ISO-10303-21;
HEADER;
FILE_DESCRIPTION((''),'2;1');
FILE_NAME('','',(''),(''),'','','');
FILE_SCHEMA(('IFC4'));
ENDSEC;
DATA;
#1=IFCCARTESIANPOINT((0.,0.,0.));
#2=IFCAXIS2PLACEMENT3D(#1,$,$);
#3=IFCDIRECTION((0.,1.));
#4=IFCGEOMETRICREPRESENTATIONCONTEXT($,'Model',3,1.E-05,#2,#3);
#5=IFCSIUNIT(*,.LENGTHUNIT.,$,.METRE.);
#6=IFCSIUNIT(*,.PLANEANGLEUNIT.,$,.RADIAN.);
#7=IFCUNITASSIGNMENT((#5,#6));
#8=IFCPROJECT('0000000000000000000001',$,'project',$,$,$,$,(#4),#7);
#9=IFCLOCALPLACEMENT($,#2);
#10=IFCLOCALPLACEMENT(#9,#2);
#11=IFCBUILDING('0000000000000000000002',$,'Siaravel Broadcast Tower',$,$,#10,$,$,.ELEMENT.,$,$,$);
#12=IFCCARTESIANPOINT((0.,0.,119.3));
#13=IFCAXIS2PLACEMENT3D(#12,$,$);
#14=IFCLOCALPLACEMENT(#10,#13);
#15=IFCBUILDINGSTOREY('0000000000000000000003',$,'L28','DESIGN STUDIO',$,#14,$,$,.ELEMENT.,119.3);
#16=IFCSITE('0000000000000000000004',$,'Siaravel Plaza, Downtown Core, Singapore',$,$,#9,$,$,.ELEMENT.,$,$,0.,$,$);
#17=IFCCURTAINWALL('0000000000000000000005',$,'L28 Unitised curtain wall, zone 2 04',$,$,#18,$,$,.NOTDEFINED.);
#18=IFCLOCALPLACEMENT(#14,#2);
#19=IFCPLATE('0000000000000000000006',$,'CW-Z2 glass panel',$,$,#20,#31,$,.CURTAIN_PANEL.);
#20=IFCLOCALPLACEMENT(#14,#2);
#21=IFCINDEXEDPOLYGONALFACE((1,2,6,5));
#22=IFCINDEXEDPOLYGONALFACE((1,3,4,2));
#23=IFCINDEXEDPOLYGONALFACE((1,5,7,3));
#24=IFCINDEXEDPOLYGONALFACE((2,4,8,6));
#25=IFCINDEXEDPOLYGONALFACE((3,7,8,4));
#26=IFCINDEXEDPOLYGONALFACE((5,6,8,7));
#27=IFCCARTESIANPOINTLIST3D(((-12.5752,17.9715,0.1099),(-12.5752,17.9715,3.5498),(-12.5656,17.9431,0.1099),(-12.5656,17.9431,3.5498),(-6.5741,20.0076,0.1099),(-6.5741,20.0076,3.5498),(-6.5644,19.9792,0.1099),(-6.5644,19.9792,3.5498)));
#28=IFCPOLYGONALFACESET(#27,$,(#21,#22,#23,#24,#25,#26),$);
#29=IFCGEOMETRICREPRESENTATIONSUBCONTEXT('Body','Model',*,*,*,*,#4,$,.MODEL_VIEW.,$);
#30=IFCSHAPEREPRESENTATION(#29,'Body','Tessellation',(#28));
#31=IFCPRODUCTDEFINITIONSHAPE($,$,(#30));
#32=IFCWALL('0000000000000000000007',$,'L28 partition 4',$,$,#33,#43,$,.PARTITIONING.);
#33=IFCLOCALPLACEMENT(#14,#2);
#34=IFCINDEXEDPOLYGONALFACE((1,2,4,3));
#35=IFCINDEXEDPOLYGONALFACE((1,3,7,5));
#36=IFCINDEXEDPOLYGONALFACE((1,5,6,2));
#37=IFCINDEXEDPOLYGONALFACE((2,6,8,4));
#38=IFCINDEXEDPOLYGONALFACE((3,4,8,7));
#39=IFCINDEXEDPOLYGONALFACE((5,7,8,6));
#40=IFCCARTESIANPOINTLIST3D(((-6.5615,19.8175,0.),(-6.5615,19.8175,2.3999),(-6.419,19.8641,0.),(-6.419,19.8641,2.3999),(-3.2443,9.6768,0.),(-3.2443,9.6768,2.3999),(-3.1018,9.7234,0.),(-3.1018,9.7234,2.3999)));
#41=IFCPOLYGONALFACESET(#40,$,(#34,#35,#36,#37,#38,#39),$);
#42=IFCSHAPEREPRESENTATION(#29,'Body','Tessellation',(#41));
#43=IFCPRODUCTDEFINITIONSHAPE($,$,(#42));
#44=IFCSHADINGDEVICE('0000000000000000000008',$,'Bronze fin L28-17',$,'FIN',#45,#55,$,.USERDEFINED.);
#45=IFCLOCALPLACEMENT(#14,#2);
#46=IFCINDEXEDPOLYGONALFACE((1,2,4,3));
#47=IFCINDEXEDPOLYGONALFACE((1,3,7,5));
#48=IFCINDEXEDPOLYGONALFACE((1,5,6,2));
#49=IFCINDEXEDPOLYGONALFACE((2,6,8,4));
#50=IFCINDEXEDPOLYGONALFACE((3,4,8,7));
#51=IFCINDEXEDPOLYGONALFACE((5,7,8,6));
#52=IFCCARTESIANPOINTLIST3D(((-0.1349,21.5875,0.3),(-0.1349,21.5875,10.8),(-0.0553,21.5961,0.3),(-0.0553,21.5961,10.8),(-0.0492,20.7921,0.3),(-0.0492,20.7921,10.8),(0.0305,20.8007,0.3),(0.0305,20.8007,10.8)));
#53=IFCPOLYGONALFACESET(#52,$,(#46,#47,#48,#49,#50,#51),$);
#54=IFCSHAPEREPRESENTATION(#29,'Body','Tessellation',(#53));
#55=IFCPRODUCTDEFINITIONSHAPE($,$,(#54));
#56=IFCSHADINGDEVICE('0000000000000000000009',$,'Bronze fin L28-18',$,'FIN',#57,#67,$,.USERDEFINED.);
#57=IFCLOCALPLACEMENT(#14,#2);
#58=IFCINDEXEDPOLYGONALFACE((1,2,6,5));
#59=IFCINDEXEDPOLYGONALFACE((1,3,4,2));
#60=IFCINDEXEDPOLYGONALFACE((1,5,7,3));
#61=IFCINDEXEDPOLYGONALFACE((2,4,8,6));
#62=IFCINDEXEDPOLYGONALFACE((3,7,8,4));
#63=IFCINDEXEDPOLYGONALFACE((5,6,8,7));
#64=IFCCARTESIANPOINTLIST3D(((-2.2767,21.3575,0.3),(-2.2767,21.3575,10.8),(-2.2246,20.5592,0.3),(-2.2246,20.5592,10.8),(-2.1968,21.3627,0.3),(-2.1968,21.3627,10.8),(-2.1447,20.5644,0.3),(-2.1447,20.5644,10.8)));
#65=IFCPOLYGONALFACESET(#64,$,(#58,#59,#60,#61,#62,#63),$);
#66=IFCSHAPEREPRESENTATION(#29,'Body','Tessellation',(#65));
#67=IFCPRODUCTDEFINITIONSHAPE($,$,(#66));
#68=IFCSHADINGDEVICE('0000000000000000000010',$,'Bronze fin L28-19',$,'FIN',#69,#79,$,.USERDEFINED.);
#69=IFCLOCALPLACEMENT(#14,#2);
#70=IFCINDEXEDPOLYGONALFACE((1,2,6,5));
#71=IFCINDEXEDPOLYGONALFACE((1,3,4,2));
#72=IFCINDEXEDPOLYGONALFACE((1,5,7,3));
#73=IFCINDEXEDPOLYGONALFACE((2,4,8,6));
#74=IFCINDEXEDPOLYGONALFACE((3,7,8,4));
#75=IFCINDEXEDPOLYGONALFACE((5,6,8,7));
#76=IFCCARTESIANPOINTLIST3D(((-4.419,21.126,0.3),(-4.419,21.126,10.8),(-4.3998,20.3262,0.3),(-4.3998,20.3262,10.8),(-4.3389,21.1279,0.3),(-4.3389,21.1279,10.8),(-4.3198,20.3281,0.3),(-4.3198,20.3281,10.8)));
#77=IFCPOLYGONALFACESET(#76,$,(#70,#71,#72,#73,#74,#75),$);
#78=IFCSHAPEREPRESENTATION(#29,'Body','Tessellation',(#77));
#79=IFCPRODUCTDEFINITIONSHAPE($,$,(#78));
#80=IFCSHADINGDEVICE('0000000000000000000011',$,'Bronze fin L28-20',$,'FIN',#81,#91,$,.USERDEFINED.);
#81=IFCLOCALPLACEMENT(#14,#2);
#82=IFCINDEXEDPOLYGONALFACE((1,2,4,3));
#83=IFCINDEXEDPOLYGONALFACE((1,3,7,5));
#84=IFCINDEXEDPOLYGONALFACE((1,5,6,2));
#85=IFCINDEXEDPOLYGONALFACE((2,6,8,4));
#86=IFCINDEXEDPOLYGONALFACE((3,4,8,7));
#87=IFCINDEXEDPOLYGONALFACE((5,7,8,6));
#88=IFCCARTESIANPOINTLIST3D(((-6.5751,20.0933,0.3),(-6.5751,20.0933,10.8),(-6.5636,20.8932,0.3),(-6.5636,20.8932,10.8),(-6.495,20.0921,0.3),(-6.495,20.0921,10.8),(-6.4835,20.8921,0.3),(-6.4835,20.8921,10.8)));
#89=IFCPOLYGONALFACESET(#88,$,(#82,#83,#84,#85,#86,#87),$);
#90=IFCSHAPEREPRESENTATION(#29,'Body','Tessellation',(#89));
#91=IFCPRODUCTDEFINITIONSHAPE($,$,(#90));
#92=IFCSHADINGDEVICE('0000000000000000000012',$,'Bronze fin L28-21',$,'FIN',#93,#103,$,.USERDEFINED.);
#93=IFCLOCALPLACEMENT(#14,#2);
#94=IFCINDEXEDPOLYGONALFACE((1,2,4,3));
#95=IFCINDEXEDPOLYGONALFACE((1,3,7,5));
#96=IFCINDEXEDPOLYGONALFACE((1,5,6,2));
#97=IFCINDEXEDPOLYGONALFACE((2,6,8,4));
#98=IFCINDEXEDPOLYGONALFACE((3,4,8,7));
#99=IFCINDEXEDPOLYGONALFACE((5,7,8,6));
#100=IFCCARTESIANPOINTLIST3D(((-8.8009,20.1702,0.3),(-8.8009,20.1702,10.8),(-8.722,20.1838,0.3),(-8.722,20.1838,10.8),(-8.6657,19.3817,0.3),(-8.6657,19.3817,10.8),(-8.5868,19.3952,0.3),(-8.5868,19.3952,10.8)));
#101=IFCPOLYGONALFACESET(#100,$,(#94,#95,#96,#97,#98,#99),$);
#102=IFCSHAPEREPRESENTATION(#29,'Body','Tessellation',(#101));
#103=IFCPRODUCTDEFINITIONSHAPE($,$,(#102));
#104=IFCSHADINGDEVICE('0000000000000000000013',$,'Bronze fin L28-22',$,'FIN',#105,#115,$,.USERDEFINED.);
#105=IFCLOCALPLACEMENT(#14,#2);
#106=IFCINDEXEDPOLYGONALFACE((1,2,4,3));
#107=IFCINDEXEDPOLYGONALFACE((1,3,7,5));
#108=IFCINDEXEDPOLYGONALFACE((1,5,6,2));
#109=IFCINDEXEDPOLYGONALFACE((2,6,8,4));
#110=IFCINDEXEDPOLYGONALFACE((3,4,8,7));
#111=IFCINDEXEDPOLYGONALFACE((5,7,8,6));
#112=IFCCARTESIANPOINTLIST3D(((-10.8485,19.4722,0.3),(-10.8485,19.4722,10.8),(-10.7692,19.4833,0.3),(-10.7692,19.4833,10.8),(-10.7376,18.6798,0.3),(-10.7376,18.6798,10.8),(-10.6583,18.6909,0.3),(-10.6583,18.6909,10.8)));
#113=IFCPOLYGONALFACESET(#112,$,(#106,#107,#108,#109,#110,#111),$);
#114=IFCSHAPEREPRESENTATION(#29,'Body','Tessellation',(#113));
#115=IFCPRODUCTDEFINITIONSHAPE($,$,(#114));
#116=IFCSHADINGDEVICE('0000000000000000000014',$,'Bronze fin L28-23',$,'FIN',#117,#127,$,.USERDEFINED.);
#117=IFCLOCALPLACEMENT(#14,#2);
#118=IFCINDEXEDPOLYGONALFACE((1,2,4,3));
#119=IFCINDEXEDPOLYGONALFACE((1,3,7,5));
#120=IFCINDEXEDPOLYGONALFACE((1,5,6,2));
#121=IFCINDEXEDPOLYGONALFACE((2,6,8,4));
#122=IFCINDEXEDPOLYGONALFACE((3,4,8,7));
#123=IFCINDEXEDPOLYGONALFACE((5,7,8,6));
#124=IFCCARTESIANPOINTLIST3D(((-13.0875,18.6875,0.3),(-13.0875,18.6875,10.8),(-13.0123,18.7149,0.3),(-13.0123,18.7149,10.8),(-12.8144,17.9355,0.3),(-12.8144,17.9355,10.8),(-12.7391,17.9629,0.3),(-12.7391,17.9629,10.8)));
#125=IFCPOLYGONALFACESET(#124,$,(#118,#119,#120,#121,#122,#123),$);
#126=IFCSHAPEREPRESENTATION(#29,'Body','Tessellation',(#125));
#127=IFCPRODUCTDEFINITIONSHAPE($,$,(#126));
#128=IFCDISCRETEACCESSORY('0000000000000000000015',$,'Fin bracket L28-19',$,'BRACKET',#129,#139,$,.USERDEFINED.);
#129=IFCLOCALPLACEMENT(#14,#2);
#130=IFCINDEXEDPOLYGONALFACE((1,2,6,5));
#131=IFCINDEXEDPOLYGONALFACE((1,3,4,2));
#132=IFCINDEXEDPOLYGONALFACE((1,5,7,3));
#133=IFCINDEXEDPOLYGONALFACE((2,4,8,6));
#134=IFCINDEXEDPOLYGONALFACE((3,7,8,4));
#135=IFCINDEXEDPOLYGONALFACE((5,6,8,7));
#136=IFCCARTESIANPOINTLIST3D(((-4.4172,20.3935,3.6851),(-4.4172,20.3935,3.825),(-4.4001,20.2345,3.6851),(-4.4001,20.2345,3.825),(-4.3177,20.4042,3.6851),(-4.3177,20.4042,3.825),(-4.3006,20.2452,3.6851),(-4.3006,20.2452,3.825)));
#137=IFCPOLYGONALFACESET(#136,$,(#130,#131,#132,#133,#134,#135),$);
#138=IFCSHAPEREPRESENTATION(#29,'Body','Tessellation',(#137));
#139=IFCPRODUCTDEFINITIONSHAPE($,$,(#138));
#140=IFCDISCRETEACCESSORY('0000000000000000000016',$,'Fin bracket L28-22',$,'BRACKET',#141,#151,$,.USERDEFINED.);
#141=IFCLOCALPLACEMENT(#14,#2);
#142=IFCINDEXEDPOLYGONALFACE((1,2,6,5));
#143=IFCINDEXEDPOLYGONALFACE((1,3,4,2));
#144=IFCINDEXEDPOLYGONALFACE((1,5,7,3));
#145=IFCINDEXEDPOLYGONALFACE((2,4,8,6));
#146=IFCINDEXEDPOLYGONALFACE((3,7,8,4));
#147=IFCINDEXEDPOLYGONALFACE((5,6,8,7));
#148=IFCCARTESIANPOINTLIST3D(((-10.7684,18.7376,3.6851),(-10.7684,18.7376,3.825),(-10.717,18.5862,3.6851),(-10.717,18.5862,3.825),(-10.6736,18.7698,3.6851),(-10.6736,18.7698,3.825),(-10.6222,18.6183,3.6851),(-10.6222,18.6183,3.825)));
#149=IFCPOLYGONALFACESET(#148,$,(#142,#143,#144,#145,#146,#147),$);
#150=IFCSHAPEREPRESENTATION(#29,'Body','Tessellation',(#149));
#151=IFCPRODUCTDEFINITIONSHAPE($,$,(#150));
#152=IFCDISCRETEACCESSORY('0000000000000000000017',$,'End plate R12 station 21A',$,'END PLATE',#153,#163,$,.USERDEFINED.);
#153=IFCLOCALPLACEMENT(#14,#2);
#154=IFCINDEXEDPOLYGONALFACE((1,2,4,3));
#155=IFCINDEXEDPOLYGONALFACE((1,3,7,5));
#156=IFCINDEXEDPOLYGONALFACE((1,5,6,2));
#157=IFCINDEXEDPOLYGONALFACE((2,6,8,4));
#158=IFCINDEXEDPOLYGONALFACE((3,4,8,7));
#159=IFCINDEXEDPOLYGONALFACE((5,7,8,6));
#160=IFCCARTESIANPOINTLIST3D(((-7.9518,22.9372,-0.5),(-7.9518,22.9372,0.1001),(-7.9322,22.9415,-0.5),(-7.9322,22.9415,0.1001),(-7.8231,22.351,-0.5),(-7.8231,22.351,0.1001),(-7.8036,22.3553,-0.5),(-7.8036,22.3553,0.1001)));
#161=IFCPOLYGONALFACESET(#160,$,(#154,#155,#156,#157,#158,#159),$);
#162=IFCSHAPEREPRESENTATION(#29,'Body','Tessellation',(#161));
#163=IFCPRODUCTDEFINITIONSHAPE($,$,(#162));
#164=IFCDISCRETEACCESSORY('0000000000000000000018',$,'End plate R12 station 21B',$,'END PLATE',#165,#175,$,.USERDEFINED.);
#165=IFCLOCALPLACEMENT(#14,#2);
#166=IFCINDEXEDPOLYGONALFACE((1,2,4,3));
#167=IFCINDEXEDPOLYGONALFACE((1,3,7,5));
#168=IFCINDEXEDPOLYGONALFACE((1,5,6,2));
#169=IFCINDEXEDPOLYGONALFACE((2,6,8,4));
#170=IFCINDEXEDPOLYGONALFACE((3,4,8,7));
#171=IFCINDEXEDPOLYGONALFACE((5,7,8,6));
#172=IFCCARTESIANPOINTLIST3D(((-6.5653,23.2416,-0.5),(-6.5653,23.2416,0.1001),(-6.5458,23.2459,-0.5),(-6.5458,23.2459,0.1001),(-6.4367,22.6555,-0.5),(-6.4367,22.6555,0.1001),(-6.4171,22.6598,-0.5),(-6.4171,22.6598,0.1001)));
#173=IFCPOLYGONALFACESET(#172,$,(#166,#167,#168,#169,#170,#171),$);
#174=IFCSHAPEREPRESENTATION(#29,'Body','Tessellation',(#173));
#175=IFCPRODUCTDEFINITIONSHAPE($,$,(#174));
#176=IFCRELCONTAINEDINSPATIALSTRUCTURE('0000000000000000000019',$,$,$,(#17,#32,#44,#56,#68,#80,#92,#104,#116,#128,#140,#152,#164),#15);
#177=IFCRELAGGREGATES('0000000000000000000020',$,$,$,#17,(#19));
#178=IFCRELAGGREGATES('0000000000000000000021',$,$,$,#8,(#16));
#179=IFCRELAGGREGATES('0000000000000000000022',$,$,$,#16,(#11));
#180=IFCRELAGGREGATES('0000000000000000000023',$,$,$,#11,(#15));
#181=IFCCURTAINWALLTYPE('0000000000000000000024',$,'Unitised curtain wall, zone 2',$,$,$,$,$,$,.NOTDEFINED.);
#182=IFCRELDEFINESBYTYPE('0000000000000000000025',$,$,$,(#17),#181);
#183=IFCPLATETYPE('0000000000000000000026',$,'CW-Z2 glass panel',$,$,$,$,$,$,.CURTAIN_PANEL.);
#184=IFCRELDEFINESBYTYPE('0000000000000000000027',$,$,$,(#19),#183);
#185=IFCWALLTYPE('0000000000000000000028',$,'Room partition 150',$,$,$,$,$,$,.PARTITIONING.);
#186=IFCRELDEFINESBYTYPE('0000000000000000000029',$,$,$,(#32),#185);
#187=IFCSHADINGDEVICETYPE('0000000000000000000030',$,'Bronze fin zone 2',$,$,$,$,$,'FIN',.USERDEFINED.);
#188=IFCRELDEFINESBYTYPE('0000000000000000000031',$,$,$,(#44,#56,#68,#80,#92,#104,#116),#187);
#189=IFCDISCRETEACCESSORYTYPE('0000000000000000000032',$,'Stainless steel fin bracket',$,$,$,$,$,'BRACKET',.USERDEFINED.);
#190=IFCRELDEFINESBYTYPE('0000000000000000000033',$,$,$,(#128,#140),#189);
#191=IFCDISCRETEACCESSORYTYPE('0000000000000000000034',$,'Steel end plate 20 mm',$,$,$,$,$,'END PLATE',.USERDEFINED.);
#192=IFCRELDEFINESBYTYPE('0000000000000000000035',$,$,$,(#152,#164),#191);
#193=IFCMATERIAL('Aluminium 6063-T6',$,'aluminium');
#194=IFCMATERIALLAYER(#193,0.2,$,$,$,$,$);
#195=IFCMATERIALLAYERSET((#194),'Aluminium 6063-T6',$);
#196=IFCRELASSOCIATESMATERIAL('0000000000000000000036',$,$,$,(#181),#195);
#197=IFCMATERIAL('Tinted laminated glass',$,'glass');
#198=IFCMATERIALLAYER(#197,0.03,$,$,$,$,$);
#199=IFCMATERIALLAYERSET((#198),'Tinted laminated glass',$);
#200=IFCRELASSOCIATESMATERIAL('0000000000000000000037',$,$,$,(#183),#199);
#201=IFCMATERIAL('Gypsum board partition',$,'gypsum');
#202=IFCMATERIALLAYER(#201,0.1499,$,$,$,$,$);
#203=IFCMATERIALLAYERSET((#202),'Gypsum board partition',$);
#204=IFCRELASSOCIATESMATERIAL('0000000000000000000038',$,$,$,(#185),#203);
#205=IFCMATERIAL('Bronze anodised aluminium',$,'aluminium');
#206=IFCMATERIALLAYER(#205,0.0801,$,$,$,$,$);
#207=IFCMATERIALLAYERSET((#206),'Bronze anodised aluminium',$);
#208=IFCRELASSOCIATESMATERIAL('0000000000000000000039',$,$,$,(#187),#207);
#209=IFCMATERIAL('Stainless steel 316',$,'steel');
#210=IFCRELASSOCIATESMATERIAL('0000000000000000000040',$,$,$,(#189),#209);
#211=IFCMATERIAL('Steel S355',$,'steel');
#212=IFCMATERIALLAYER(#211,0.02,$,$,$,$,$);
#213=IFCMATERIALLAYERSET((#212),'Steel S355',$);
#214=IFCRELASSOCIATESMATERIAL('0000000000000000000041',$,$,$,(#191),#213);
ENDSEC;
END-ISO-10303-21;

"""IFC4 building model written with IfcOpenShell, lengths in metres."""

from ifc_helpers import new_model, si_unit, direction, frame, frame_2d, origin, origin_2d, place, context, subcontext, project, spatial, rectangle, extrude, material, layer, layer_set, type_object, element, aggregate, save


model = new_model("IFC4")

# Units and contexts
model_context = context("Model", 3, precision=1e-05, world=origin(), true_north=direction((0.0, 1.0)))
body_context = subcontext(model_context, "Body", "Model", "MODEL_VIEW")
ifc_project = project(units=[si_unit("LENGTHUNIT", "METRE"), si_unit("PLANEANGLEUNIT", "RADIAN")], contexts=[model_context])

# Site, building, storey
site_placement = place(None, origin())
site = spatial("IfcSite", under=ifc_project, at=site_placement, Name="Siaravel Plaza, Downtown Core, Singapore", CompositionType="ELEMENT", RefElevation=0.0)
building_placement = place(site_placement, origin())
building = spatial("IfcBuilding", under=site, at=building_placement, Name="Siaravel Broadcast Tower", CompositionType="ELEMENT")
storey_placement = place(building_placement, frame((0.0, 0.0, 119.3)))
storey = spatial("IfcBuildingStorey", under=building, at=storey_placement, Name="L28", Description="DESIGN STUDIO", CompositionType="ELEMENT", Elevation=119.3)

# Shared definitions
ifc_material_1 = material(Name="Steel S355", Category="steel")

# Curtain wall
ifc_material_2 = material(Name="Aluminium 6063-T6", Category="aluminium")
ifc_layer_1 = layer(ifc_material_2, 0.2)
ifc_layer_set_1 = layer_set([ifc_layer_1], Name="Aluminium 6063-T6")
curtain_wall_type = type_object("IfcCurtainWallType", Name="Unitised curtain wall, zone 2", PredefinedType="NOTDEFINED", material=ifc_layer_set_1)
curtain_wall_placement = place(storey_placement, origin())
curtain_wall = element("IfcCurtainWall", 1, at=curtain_wall_placement, inside=storey, type_object=curtain_wall_type, Name="L28 Unitised curtain wall, zone 2 04", PredefinedType="NOTDEFINED")

# Plate
ifc_material_3 = material(Name="Tinted laminated glass", Category="glass")
ifc_layer_2 = layer(ifc_material_3, 0.03)
ifc_layer_set_2 = layer_set([ifc_layer_2], Name="Tinted laminated glass")
plate_type = type_object("IfcPlateType", Name="CW-Z2 glass panel", PredefinedType="CURTAIN_PANEL", material=ifc_layer_set_2)
plate_1_placement = place(storey_placement, frame((-9.5698, 18.9753, 0.1099), z_axis=(0.0, 0.0, 1.0), x_axis=(-0.946977, -0.321301, 0.0)))
plate_1 = element("IfcPlate", 2, at=plate_1_placement, type_object=plate_type, Name="CW-Z2 glass panel", PredefinedType="CURTAIN_PANEL", context=body_context, shape_type="SweptSolid", body=[
    extrude(rectangle(XDim=6.3372, YDim=0.03, at=origin_2d()), origin(), (0.0, 0.0, 1.0), 3.4399),
])
aggregate(curtain_wall, [plate_1])

# Wall
ifc_material_4 = material(Name="Gypsum board partition", Category="gypsum")
ifc_layer_3 = layer(ifc_material_4, 0.1499)
ifc_layer_set_3 = layer_set([ifc_layer_3], Name="Gypsum board partition")
wall_type = type_object("IfcWallType", Name="Room partition 150", PredefinedType="PARTITIONING", material=ifc_layer_set_3)
wall_placement = place(storey_placement, frame((-6.4902, 19.8408, 0.0), z_axis=(0.0, 0.0, 1.0), x_axis=(0.310903, -0.950442, 0.0)))
element("IfcWall", 3, at=wall_placement, inside=storey, type_object=wall_type, Name="L28 partition 4", PredefinedType="PARTITIONING", context=body_context, shape_type="SweptSolid", body=[
    extrude(rectangle(XDim=10.6694, YDim=0.1499, at=frame_2d((5.3347, 0.0))), origin(), (0.0, 0.0, 1.0), 2.3999),
])

# Shading devices
ifc_material_5 = material(Name="Bronze anodised aluminium", Category="aluminium")
ifc_layer_4 = layer(ifc_material_5, 0.0801)
ifc_layer_set_4 = layer_set([ifc_layer_4], Name="Bronze anodised aluminium")
shading_device_type = type_object("IfcShadingDeviceType", Name="Bronze fin zone 2", ElementType="FIN", PredefinedType="USERDEFINED", material=ifc_layer_set_4)
for number, where, z_axis, x_axis, name in (
    (4, (-0.0522, 21.1941, 0.3), (0.0, 0.0, 1.0), (-0.107217, 0.994236, 0.0), "Bronze fin L28-17"),
    (5, (-2.2107, 20.9609, 0.3), (0.0, 0.0, 1.0), (-0.06517, 0.997874, 0.0), "Bronze fin L28-18"),
    (6, (-4.3694, 20.7271, 0.3), (0.0, 0.0, 1.0), (-0.02397, 0.999713, 0.0), "Bronze fin L28-19"),
    (7, (-6.5293, 20.4927, 0.3), (0.0, 0.0, 1.0), (0.014447, 0.999896, 0.0), "Bronze fin L28-20"),
    (8, (-8.6938, 19.7827, 0.3), (0.0, 0.0, 1.0), (-0.168949, 0.985625, 0.0), "Bronze fin L28-21"),
    (9, (-10.7534, 19.0815, 0.3), (0.0, 0.0, 1.0), (-0.138573, 0.990352, 0.0), "Bronze fin L28-22"),
    (10, (-12.9133, 18.3252, 0.3), (0.0, 0.0, 1.0), (-0.341431, 0.939907, 0.0), "Bronze fin L28-23"),
):
    element("IfcShadingDevice", number, at=place(storey_placement, frame(where, z_axis=z_axis, x_axis=x_axis)), inside=storey, type_object=shading_device_type, Name=name, ObjectType="FIN", PredefinedType="USERDEFINED", context=body_context, shape_type="SweptSolid", body=[
        extrude(rectangle(XDim=0.8, YDim=0.0801, at=origin_2d()), origin(), (0.0, 0.0, 1.0), 10.5),
    ])

# Discrete accessories
ifc_material_6 = material(Name="Stainless steel 316", Category="steel")
discrete_accessory_type_1 = type_object("IfcDiscreteAccessoryType", Name="Stainless steel fin bracket", ElementType="BRACKET", PredefinedType="USERDEFINED", material=ifc_material_6)
for number, where, z_axis, x_axis, name in (
    (11, (-4.3589, 20.3193, 3.6851), (0.0, 0.0, 1.0), (-0.107217, 0.994236, 0.0), "Fin bracket L28-19"),
    (12, (-10.6953, 18.678, 3.6851), (0.0, 0.0, 1.0), (-0.321301, 0.946977, 0.0), "Fin bracket L28-22"),
):
    element("IfcDiscreteAccessory", number, at=place(storey_placement, frame(where, z_axis=z_axis, x_axis=x_axis)), inside=storey, type_object=discrete_accessory_type_1, Name=name, ObjectType="BRACKET", PredefinedType="USERDEFINED", context=body_context, shape_type="SweptSolid", body=[
        extrude(rectangle(XDim=0.1599, YDim=0.1001, at=origin_2d()), origin(), (0.0, 0.0, 1.0), 0.1399),
    ])
ifc_layer_5 = layer(ifc_material_1, 0.02)
ifc_layer_set_5 = layer_set([ifc_layer_5], Name="Steel S355")
discrete_accessory_type_2 = type_object("IfcDiscreteAccessoryType", Name="Steel end plate 20 mm", ElementType="END PLATE", PredefinedType="USERDEFINED", material=ifc_layer_set_5)
for number, where, z_axis, x_axis, name in (
    (13, (-7.8777, 22.6462, -0.5), (0.0, 0.0, 1.0), (-0.976751, -0.214377, 0.0), "End plate R12 station 21A"),
    (14, (-6.4912, 22.9507, -0.5), (0.0, 0.0, 1.0), (-0.976751, -0.214377, 0.0), "End plate R12 station 21B"),
):
    element("IfcDiscreteAccessory", number, at=place(storey_placement, frame(where, z_axis=z_axis, x_axis=x_axis)), inside=storey, type_object=discrete_accessory_type_2, Name=name, ObjectType="END PLATE", PredefinedType="USERDEFINED", context=body_context, shape_type="SweptSolid", body=[
        extrude(rectangle(XDim=0.02, YDim=0.6001, at=origin_2d()), origin(), (0.0, 0.0, 1.0), 0.6001),
    ])

save(model, "model.ifc")
